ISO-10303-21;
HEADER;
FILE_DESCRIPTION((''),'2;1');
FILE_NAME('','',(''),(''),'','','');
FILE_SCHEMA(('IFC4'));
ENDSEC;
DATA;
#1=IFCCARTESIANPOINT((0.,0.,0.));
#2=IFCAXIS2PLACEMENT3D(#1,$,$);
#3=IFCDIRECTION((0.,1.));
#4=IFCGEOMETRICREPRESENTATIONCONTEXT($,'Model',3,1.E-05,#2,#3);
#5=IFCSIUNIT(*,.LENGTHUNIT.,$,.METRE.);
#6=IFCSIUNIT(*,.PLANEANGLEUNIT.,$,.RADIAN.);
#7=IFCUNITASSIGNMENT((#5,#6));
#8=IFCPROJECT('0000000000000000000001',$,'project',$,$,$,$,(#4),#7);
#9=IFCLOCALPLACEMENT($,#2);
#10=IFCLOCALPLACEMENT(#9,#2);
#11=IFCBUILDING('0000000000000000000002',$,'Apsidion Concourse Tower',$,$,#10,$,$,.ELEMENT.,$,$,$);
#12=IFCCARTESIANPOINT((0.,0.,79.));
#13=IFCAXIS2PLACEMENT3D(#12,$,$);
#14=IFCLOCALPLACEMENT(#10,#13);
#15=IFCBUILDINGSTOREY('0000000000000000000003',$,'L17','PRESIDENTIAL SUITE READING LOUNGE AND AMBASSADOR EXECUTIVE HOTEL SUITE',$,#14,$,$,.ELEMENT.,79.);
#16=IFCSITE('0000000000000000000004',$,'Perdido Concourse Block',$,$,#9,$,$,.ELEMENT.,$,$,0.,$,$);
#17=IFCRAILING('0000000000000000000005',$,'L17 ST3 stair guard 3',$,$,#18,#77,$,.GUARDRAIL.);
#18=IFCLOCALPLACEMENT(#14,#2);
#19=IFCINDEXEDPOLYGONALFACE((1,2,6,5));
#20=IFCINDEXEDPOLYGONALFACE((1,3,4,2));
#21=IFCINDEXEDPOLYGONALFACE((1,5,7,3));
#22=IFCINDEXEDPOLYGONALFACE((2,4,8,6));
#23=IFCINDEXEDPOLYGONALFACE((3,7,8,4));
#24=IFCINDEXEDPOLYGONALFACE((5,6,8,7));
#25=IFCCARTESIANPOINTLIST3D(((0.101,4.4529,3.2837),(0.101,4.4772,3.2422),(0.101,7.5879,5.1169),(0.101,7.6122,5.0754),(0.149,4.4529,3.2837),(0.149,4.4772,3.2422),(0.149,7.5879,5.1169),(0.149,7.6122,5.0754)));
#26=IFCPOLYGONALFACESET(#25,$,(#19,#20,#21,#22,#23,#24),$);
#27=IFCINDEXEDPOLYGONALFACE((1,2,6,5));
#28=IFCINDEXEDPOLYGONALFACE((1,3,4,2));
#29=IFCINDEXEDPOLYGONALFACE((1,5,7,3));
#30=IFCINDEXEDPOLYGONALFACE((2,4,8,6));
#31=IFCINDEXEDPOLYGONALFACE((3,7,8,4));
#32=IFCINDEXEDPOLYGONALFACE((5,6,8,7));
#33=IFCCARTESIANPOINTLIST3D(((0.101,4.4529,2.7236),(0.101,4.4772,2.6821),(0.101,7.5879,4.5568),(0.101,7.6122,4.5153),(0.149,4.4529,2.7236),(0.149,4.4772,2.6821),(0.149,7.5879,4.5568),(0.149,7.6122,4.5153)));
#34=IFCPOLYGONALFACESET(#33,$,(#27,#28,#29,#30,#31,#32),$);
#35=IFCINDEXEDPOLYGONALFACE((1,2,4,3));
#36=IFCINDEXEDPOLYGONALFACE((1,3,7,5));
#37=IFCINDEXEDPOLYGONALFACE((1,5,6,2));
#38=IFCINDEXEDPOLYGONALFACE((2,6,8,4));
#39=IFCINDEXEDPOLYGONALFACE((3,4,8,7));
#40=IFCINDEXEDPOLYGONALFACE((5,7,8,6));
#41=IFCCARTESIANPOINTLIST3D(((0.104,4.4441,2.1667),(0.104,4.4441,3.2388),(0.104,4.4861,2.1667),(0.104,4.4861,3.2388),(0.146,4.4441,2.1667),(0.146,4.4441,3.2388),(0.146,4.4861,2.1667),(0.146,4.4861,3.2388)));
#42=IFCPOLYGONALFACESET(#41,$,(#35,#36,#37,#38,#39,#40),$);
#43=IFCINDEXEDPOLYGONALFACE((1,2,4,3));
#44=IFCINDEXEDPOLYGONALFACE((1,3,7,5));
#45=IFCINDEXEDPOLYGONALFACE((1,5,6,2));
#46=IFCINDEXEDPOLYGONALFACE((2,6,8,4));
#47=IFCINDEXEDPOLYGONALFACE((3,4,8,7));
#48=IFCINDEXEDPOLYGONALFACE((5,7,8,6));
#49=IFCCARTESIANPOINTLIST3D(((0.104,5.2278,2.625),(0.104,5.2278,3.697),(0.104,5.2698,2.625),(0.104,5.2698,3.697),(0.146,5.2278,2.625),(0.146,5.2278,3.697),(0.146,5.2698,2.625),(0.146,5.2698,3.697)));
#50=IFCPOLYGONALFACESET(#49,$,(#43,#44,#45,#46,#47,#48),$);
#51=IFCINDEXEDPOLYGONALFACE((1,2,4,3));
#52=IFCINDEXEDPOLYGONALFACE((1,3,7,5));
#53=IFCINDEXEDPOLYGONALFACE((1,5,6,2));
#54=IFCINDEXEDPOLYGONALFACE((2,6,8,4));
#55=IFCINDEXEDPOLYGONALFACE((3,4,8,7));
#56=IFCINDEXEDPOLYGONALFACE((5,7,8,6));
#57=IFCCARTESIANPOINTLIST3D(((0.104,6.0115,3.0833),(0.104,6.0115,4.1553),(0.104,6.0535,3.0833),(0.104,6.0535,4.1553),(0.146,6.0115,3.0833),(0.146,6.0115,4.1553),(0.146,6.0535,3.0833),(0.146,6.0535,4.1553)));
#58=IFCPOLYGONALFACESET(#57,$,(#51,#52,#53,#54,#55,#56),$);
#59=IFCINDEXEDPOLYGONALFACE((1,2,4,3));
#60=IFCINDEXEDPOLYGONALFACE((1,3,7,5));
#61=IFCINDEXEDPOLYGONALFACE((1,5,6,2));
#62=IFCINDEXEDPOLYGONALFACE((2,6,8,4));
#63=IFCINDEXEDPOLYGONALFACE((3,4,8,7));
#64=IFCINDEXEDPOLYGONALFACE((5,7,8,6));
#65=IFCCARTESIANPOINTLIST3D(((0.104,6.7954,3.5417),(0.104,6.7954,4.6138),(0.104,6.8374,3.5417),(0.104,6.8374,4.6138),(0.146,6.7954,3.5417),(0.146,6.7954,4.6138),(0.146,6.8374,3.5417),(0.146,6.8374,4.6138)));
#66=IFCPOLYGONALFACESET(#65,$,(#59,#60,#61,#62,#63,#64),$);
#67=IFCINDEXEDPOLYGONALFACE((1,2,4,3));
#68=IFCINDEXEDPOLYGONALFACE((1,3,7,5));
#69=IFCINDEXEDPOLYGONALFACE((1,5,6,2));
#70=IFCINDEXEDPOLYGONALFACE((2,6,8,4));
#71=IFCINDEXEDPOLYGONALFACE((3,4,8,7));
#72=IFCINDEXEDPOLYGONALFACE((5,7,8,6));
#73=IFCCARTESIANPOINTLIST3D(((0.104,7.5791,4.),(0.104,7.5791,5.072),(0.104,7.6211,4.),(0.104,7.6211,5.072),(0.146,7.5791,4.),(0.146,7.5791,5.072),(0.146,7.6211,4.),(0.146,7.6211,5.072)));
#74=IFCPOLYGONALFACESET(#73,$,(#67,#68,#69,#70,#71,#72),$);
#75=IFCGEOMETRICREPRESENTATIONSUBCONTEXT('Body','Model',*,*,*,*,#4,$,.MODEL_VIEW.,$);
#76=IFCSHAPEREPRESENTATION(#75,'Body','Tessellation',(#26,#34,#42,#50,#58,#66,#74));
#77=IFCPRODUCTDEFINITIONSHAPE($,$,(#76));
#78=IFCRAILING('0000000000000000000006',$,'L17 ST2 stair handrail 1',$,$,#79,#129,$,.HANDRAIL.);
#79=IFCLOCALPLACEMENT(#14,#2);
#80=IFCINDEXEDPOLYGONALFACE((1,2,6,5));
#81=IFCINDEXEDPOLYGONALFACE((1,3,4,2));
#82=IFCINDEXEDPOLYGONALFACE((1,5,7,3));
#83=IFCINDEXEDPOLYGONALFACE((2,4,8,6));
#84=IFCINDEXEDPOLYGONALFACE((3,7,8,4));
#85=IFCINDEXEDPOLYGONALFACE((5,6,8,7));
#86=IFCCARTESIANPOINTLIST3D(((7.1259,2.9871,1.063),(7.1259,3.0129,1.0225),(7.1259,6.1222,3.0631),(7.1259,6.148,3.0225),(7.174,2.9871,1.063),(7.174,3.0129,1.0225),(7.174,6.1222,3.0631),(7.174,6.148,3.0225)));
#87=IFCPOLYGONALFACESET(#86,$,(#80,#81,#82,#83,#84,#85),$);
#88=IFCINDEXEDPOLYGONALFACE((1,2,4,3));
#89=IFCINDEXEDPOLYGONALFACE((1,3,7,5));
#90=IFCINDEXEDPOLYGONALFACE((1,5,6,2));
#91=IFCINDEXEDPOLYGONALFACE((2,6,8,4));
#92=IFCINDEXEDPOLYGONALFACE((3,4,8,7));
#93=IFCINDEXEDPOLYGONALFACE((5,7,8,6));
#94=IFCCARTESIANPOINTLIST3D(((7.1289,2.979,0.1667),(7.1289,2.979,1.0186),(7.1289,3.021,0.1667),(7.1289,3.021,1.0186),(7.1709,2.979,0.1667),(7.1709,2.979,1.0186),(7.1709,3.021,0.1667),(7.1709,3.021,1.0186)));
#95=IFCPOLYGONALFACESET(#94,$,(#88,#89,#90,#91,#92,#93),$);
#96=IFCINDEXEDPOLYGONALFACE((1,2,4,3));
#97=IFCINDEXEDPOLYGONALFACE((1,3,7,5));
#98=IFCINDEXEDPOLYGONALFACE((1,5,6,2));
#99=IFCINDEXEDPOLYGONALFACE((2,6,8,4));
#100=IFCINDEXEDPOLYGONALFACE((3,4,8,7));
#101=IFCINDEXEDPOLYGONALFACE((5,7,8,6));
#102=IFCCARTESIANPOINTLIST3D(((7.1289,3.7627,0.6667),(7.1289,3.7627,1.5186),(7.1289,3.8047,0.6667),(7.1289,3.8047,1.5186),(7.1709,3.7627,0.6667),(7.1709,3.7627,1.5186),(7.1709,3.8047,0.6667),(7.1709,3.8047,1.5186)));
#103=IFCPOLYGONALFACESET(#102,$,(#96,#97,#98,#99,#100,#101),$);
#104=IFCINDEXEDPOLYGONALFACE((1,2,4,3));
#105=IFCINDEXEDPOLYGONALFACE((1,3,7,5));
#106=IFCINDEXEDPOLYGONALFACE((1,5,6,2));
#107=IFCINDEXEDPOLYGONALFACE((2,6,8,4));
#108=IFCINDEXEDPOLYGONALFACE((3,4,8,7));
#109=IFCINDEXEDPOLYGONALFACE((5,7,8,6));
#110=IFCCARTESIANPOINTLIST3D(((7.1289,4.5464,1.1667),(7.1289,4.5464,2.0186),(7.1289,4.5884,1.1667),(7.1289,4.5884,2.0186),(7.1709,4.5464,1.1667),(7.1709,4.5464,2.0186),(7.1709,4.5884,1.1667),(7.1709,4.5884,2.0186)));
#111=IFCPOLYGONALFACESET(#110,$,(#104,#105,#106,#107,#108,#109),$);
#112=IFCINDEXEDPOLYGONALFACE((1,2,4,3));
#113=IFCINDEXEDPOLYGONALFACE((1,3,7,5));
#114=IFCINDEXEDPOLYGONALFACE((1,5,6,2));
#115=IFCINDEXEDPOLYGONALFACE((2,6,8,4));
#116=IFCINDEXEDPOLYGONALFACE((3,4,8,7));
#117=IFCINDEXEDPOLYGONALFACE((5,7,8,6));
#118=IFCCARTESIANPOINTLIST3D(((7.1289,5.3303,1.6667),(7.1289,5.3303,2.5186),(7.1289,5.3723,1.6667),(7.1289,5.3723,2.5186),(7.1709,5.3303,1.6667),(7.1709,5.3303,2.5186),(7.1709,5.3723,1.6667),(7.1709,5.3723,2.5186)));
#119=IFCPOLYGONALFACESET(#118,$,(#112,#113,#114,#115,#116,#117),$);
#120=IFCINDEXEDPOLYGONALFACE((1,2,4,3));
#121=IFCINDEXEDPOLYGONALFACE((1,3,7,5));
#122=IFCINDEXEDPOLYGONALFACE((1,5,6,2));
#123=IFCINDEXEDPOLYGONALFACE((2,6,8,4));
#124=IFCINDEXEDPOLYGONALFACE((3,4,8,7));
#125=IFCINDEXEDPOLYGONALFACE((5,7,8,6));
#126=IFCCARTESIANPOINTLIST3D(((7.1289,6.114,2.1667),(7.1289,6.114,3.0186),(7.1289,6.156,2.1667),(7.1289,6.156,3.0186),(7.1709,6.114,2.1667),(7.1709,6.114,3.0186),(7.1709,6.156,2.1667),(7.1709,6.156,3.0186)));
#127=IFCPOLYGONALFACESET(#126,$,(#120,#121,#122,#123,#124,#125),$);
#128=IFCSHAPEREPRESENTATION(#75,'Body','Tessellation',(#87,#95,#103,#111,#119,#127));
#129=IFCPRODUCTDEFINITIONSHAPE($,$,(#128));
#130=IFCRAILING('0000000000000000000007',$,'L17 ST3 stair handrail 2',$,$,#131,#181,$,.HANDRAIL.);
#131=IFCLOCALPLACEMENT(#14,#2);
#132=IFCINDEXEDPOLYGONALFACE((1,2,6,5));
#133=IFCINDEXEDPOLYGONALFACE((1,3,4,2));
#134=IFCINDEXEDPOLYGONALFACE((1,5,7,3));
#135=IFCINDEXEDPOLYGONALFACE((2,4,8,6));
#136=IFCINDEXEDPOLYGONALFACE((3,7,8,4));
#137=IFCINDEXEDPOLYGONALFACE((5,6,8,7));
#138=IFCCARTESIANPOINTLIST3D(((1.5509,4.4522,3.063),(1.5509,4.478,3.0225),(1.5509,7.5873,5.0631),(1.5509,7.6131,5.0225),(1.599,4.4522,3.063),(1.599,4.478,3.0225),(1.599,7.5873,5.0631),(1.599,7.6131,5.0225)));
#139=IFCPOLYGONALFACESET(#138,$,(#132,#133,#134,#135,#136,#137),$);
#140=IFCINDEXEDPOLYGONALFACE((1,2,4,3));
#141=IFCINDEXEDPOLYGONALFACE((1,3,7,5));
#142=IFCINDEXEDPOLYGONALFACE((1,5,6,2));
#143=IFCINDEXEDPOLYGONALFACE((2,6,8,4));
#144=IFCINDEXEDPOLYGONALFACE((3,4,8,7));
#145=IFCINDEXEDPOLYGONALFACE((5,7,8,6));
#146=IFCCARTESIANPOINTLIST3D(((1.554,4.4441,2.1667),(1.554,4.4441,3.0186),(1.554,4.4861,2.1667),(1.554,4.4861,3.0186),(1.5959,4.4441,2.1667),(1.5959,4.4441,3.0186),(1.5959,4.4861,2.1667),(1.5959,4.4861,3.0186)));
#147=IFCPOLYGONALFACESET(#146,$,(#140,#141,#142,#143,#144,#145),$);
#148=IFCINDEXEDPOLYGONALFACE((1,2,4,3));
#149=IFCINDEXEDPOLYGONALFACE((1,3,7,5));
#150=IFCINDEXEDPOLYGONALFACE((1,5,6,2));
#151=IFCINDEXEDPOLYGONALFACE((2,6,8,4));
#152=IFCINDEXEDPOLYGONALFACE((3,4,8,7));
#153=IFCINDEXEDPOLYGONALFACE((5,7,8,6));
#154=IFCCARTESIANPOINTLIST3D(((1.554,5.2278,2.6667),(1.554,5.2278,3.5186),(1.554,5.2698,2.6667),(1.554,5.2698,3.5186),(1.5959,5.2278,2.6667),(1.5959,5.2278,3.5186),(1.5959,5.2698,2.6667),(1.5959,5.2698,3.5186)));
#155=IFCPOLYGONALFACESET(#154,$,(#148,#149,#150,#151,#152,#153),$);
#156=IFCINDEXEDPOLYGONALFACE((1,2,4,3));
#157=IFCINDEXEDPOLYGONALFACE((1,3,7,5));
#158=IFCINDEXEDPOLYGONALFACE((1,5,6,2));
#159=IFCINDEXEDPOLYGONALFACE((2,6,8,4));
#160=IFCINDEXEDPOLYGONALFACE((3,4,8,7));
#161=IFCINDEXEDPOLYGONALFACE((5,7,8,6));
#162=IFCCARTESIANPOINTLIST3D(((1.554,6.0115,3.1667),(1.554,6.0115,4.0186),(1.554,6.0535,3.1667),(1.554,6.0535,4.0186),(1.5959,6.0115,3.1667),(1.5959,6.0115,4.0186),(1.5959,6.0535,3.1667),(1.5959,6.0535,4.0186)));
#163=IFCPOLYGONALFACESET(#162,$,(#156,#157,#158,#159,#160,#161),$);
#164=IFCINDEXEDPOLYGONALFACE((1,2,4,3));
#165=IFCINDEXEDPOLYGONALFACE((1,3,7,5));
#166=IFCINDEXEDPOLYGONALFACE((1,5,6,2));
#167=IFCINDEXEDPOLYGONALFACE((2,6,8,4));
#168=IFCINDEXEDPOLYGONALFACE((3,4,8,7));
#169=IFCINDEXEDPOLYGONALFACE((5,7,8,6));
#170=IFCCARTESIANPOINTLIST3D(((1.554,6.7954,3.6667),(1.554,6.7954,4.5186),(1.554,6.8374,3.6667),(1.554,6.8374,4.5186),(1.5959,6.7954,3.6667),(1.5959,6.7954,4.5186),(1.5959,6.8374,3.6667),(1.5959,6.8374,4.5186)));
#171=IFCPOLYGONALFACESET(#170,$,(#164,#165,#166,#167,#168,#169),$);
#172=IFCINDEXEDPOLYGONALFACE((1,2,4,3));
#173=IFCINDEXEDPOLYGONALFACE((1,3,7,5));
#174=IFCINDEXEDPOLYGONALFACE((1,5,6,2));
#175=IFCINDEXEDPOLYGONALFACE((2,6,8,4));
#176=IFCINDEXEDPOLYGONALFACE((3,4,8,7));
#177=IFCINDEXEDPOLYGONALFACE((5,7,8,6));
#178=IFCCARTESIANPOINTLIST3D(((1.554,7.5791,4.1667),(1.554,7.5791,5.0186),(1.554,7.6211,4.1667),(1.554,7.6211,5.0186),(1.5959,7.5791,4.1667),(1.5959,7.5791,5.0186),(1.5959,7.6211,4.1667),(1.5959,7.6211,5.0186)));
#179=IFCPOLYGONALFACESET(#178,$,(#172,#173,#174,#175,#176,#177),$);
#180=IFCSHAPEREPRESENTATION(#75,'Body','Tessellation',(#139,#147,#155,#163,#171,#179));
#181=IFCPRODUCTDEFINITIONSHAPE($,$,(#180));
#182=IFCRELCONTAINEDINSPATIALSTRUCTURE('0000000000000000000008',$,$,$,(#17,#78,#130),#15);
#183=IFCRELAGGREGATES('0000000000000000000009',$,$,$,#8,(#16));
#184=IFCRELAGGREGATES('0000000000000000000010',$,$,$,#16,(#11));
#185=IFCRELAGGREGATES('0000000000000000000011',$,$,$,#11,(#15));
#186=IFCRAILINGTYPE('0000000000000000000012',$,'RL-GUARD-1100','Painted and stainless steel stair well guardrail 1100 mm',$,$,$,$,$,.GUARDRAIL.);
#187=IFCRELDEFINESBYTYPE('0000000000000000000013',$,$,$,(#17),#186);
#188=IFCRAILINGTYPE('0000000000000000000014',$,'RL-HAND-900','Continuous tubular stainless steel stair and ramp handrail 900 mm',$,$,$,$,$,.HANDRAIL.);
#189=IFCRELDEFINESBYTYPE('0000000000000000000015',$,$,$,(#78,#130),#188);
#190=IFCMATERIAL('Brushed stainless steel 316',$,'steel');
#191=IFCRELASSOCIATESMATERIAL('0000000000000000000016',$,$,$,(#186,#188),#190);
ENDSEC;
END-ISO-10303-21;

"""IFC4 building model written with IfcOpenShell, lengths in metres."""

from ifc_helpers import new_model, si_unit, direction, frame, origin, origin_2d, place, context, subcontext, project, spatial, rectangle, extrude, material, type_object, element, save


model = new_model("IFC4")

# Units and contexts
model_context = context("Model", 3, precision=1e-05, world=origin(), true_north=direction((0.0, 1.0)))
body_context = subcontext(model_context, "Body", "Model", "MODEL_VIEW")
ifc_project = project(units=[si_unit("LENGTHUNIT", "METRE"), si_unit("PLANEANGLEUNIT", "RADIAN")], contexts=[model_context])

# Site, building, storey
site_placement = place(None, origin())
site = spatial("IfcSite", under=ifc_project, at=site_placement, Name="Perdido Concourse Block", CompositionType="ELEMENT", RefElevation=0.0)
building_placement = place(site_placement, origin())
building = spatial("IfcBuilding", under=site, at=building_placement, Name="Apsidion Concourse Tower", CompositionType="ELEMENT")
storey_placement = place(building_placement, frame((0.0, 0.0, 79.0)))
storey = spatial("IfcBuildingStorey", under=building, at=storey_placement, Name="L17", Description="PRESIDENTIAL SUITE READING LOUNGE AND AMBASSADOR EXECUTIVE HOTEL SUITE", CompositionType="ELEMENT", Elevation=79.0)

# Railings
ifc_material_1 = material(Name="Brushed stainless steel 316", Category="steel")
railing_type_1 = type_object("IfcRailingType", Name="RL-GUARD-1100", Description="Painted and stainless steel stair well guardrail 1100 mm", PredefinedType="GUARDRAIL", material=ifc_material_1)
railing_1_placement = place(storey_placement, frame((0.125, 4.4651, 2.1667)))
element("IfcRailing", 1, at=railing_1_placement, inside=storey, type_object=railing_type_1, Name="L17 ST3 stair guard 3", PredefinedType="GUARDRAIL", context=body_context, shape_type="SweptSolid", body=[
    extrude(rectangle(XDim=0.0481, YDim=0.0481, at=origin_2d()), frame((0.0, 0.0, 1.0962), z_axis=(0.0, 0.86324, 0.504794), x_axis=(-1.0, 0.0, 0.0)), (0.0, 0.0, 1.0), 3.6316),
    extrude(rectangle(XDim=0.0481, YDim=0.0481, at=origin_2d()), frame((0.0, 0.0, 0.5361), z_axis=(0.0, 0.86324, 0.504794), x_axis=(-1.0, 0.0, 0.0)), (0.0, 0.0, 1.0), 3.6316),
    extrude(rectangle(XDim=0.042, YDim=0.042, at=origin_2d()), origin(), (0.0, 0.0, 1.0), 1.072),
    extrude(rectangle(XDim=0.042, YDim=0.042, at=origin_2d()), frame((0.0, 0.7837, 0.4583)), (0.0, 0.0, 1.0), 1.072),
    extrude(rectangle(XDim=0.042, YDim=0.042, at=origin_2d()), frame((0.0, 1.5674, 0.9165)), (0.0, 0.0, 1.0), 1.072),
    extrude(rectangle(XDim=0.042, YDim=0.042, at=origin_2d()), frame((0.0, 2.3513, 1.375)), (0.0, 0.0, 1.0), 1.072),
    extrude(rectangle(XDim=0.042, YDim=0.042, at=origin_2d()), frame((0.0, 3.135, 1.8333)), (0.0, 0.0, 1.0), 1.072),
])
railing_type_2 = type_object("IfcRailingType", Name="RL-HAND-900", Description="Continuous tubular stainless steel stair and ramp handrail 900 mm", PredefinedType="HANDRAIL", material=ifc_material_1)
for number, where, name in (
    (2, (7.1499, 3.0, 0.1667), "L17 ST2 stair handrail 1"),
    (3, (1.575, 4.4651, 2.1667), "L17 ST3 stair handrail 2"),
):
    element("IfcRailing", number, at=place(storey_placement, frame(where)), inside=storey, type_object=railing_type_2, Name=name, PredefinedType="HANDRAIL", context=body_context, shape_type="SweptSolid", body=[
        extrude(rectangle(XDim=0.0481, YDim=0.0481, at=origin_2d()), frame((0.0, 0.0, 0.876), z_axis=(0.0, 0.843053, 0.537831), x_axis=(-1.0, 0.0, 0.0)), (0.0, 0.0, 1.0), 3.7188),
        extrude(rectangle(XDim=0.042, YDim=0.042, at=origin_2d()), origin(), (0.0, 0.0, 1.0), 0.8518),
        extrude(rectangle(XDim=0.042, YDim=0.042, at=origin_2d()), frame((0.0, 0.7837, 0.5)), (0.0, 0.0, 1.0), 0.8518),
        extrude(rectangle(XDim=0.042, YDim=0.042, at=origin_2d()), frame((0.0, 1.5674, 1.0)), (0.0, 0.0, 1.0), 0.8518),
        extrude(rectangle(XDim=0.042, YDim=0.042, at=origin_2d()), frame((0.0, 2.3513, 1.5)), (0.0, 0.0, 1.0), 0.8518),
        extrude(rectangle(XDim=0.042, YDim=0.042, at=origin_2d()), frame((0.0, 3.135, 2.0)), (0.0, 0.0, 1.0), 0.8518),
    ])

save(model, "model.ifc")
